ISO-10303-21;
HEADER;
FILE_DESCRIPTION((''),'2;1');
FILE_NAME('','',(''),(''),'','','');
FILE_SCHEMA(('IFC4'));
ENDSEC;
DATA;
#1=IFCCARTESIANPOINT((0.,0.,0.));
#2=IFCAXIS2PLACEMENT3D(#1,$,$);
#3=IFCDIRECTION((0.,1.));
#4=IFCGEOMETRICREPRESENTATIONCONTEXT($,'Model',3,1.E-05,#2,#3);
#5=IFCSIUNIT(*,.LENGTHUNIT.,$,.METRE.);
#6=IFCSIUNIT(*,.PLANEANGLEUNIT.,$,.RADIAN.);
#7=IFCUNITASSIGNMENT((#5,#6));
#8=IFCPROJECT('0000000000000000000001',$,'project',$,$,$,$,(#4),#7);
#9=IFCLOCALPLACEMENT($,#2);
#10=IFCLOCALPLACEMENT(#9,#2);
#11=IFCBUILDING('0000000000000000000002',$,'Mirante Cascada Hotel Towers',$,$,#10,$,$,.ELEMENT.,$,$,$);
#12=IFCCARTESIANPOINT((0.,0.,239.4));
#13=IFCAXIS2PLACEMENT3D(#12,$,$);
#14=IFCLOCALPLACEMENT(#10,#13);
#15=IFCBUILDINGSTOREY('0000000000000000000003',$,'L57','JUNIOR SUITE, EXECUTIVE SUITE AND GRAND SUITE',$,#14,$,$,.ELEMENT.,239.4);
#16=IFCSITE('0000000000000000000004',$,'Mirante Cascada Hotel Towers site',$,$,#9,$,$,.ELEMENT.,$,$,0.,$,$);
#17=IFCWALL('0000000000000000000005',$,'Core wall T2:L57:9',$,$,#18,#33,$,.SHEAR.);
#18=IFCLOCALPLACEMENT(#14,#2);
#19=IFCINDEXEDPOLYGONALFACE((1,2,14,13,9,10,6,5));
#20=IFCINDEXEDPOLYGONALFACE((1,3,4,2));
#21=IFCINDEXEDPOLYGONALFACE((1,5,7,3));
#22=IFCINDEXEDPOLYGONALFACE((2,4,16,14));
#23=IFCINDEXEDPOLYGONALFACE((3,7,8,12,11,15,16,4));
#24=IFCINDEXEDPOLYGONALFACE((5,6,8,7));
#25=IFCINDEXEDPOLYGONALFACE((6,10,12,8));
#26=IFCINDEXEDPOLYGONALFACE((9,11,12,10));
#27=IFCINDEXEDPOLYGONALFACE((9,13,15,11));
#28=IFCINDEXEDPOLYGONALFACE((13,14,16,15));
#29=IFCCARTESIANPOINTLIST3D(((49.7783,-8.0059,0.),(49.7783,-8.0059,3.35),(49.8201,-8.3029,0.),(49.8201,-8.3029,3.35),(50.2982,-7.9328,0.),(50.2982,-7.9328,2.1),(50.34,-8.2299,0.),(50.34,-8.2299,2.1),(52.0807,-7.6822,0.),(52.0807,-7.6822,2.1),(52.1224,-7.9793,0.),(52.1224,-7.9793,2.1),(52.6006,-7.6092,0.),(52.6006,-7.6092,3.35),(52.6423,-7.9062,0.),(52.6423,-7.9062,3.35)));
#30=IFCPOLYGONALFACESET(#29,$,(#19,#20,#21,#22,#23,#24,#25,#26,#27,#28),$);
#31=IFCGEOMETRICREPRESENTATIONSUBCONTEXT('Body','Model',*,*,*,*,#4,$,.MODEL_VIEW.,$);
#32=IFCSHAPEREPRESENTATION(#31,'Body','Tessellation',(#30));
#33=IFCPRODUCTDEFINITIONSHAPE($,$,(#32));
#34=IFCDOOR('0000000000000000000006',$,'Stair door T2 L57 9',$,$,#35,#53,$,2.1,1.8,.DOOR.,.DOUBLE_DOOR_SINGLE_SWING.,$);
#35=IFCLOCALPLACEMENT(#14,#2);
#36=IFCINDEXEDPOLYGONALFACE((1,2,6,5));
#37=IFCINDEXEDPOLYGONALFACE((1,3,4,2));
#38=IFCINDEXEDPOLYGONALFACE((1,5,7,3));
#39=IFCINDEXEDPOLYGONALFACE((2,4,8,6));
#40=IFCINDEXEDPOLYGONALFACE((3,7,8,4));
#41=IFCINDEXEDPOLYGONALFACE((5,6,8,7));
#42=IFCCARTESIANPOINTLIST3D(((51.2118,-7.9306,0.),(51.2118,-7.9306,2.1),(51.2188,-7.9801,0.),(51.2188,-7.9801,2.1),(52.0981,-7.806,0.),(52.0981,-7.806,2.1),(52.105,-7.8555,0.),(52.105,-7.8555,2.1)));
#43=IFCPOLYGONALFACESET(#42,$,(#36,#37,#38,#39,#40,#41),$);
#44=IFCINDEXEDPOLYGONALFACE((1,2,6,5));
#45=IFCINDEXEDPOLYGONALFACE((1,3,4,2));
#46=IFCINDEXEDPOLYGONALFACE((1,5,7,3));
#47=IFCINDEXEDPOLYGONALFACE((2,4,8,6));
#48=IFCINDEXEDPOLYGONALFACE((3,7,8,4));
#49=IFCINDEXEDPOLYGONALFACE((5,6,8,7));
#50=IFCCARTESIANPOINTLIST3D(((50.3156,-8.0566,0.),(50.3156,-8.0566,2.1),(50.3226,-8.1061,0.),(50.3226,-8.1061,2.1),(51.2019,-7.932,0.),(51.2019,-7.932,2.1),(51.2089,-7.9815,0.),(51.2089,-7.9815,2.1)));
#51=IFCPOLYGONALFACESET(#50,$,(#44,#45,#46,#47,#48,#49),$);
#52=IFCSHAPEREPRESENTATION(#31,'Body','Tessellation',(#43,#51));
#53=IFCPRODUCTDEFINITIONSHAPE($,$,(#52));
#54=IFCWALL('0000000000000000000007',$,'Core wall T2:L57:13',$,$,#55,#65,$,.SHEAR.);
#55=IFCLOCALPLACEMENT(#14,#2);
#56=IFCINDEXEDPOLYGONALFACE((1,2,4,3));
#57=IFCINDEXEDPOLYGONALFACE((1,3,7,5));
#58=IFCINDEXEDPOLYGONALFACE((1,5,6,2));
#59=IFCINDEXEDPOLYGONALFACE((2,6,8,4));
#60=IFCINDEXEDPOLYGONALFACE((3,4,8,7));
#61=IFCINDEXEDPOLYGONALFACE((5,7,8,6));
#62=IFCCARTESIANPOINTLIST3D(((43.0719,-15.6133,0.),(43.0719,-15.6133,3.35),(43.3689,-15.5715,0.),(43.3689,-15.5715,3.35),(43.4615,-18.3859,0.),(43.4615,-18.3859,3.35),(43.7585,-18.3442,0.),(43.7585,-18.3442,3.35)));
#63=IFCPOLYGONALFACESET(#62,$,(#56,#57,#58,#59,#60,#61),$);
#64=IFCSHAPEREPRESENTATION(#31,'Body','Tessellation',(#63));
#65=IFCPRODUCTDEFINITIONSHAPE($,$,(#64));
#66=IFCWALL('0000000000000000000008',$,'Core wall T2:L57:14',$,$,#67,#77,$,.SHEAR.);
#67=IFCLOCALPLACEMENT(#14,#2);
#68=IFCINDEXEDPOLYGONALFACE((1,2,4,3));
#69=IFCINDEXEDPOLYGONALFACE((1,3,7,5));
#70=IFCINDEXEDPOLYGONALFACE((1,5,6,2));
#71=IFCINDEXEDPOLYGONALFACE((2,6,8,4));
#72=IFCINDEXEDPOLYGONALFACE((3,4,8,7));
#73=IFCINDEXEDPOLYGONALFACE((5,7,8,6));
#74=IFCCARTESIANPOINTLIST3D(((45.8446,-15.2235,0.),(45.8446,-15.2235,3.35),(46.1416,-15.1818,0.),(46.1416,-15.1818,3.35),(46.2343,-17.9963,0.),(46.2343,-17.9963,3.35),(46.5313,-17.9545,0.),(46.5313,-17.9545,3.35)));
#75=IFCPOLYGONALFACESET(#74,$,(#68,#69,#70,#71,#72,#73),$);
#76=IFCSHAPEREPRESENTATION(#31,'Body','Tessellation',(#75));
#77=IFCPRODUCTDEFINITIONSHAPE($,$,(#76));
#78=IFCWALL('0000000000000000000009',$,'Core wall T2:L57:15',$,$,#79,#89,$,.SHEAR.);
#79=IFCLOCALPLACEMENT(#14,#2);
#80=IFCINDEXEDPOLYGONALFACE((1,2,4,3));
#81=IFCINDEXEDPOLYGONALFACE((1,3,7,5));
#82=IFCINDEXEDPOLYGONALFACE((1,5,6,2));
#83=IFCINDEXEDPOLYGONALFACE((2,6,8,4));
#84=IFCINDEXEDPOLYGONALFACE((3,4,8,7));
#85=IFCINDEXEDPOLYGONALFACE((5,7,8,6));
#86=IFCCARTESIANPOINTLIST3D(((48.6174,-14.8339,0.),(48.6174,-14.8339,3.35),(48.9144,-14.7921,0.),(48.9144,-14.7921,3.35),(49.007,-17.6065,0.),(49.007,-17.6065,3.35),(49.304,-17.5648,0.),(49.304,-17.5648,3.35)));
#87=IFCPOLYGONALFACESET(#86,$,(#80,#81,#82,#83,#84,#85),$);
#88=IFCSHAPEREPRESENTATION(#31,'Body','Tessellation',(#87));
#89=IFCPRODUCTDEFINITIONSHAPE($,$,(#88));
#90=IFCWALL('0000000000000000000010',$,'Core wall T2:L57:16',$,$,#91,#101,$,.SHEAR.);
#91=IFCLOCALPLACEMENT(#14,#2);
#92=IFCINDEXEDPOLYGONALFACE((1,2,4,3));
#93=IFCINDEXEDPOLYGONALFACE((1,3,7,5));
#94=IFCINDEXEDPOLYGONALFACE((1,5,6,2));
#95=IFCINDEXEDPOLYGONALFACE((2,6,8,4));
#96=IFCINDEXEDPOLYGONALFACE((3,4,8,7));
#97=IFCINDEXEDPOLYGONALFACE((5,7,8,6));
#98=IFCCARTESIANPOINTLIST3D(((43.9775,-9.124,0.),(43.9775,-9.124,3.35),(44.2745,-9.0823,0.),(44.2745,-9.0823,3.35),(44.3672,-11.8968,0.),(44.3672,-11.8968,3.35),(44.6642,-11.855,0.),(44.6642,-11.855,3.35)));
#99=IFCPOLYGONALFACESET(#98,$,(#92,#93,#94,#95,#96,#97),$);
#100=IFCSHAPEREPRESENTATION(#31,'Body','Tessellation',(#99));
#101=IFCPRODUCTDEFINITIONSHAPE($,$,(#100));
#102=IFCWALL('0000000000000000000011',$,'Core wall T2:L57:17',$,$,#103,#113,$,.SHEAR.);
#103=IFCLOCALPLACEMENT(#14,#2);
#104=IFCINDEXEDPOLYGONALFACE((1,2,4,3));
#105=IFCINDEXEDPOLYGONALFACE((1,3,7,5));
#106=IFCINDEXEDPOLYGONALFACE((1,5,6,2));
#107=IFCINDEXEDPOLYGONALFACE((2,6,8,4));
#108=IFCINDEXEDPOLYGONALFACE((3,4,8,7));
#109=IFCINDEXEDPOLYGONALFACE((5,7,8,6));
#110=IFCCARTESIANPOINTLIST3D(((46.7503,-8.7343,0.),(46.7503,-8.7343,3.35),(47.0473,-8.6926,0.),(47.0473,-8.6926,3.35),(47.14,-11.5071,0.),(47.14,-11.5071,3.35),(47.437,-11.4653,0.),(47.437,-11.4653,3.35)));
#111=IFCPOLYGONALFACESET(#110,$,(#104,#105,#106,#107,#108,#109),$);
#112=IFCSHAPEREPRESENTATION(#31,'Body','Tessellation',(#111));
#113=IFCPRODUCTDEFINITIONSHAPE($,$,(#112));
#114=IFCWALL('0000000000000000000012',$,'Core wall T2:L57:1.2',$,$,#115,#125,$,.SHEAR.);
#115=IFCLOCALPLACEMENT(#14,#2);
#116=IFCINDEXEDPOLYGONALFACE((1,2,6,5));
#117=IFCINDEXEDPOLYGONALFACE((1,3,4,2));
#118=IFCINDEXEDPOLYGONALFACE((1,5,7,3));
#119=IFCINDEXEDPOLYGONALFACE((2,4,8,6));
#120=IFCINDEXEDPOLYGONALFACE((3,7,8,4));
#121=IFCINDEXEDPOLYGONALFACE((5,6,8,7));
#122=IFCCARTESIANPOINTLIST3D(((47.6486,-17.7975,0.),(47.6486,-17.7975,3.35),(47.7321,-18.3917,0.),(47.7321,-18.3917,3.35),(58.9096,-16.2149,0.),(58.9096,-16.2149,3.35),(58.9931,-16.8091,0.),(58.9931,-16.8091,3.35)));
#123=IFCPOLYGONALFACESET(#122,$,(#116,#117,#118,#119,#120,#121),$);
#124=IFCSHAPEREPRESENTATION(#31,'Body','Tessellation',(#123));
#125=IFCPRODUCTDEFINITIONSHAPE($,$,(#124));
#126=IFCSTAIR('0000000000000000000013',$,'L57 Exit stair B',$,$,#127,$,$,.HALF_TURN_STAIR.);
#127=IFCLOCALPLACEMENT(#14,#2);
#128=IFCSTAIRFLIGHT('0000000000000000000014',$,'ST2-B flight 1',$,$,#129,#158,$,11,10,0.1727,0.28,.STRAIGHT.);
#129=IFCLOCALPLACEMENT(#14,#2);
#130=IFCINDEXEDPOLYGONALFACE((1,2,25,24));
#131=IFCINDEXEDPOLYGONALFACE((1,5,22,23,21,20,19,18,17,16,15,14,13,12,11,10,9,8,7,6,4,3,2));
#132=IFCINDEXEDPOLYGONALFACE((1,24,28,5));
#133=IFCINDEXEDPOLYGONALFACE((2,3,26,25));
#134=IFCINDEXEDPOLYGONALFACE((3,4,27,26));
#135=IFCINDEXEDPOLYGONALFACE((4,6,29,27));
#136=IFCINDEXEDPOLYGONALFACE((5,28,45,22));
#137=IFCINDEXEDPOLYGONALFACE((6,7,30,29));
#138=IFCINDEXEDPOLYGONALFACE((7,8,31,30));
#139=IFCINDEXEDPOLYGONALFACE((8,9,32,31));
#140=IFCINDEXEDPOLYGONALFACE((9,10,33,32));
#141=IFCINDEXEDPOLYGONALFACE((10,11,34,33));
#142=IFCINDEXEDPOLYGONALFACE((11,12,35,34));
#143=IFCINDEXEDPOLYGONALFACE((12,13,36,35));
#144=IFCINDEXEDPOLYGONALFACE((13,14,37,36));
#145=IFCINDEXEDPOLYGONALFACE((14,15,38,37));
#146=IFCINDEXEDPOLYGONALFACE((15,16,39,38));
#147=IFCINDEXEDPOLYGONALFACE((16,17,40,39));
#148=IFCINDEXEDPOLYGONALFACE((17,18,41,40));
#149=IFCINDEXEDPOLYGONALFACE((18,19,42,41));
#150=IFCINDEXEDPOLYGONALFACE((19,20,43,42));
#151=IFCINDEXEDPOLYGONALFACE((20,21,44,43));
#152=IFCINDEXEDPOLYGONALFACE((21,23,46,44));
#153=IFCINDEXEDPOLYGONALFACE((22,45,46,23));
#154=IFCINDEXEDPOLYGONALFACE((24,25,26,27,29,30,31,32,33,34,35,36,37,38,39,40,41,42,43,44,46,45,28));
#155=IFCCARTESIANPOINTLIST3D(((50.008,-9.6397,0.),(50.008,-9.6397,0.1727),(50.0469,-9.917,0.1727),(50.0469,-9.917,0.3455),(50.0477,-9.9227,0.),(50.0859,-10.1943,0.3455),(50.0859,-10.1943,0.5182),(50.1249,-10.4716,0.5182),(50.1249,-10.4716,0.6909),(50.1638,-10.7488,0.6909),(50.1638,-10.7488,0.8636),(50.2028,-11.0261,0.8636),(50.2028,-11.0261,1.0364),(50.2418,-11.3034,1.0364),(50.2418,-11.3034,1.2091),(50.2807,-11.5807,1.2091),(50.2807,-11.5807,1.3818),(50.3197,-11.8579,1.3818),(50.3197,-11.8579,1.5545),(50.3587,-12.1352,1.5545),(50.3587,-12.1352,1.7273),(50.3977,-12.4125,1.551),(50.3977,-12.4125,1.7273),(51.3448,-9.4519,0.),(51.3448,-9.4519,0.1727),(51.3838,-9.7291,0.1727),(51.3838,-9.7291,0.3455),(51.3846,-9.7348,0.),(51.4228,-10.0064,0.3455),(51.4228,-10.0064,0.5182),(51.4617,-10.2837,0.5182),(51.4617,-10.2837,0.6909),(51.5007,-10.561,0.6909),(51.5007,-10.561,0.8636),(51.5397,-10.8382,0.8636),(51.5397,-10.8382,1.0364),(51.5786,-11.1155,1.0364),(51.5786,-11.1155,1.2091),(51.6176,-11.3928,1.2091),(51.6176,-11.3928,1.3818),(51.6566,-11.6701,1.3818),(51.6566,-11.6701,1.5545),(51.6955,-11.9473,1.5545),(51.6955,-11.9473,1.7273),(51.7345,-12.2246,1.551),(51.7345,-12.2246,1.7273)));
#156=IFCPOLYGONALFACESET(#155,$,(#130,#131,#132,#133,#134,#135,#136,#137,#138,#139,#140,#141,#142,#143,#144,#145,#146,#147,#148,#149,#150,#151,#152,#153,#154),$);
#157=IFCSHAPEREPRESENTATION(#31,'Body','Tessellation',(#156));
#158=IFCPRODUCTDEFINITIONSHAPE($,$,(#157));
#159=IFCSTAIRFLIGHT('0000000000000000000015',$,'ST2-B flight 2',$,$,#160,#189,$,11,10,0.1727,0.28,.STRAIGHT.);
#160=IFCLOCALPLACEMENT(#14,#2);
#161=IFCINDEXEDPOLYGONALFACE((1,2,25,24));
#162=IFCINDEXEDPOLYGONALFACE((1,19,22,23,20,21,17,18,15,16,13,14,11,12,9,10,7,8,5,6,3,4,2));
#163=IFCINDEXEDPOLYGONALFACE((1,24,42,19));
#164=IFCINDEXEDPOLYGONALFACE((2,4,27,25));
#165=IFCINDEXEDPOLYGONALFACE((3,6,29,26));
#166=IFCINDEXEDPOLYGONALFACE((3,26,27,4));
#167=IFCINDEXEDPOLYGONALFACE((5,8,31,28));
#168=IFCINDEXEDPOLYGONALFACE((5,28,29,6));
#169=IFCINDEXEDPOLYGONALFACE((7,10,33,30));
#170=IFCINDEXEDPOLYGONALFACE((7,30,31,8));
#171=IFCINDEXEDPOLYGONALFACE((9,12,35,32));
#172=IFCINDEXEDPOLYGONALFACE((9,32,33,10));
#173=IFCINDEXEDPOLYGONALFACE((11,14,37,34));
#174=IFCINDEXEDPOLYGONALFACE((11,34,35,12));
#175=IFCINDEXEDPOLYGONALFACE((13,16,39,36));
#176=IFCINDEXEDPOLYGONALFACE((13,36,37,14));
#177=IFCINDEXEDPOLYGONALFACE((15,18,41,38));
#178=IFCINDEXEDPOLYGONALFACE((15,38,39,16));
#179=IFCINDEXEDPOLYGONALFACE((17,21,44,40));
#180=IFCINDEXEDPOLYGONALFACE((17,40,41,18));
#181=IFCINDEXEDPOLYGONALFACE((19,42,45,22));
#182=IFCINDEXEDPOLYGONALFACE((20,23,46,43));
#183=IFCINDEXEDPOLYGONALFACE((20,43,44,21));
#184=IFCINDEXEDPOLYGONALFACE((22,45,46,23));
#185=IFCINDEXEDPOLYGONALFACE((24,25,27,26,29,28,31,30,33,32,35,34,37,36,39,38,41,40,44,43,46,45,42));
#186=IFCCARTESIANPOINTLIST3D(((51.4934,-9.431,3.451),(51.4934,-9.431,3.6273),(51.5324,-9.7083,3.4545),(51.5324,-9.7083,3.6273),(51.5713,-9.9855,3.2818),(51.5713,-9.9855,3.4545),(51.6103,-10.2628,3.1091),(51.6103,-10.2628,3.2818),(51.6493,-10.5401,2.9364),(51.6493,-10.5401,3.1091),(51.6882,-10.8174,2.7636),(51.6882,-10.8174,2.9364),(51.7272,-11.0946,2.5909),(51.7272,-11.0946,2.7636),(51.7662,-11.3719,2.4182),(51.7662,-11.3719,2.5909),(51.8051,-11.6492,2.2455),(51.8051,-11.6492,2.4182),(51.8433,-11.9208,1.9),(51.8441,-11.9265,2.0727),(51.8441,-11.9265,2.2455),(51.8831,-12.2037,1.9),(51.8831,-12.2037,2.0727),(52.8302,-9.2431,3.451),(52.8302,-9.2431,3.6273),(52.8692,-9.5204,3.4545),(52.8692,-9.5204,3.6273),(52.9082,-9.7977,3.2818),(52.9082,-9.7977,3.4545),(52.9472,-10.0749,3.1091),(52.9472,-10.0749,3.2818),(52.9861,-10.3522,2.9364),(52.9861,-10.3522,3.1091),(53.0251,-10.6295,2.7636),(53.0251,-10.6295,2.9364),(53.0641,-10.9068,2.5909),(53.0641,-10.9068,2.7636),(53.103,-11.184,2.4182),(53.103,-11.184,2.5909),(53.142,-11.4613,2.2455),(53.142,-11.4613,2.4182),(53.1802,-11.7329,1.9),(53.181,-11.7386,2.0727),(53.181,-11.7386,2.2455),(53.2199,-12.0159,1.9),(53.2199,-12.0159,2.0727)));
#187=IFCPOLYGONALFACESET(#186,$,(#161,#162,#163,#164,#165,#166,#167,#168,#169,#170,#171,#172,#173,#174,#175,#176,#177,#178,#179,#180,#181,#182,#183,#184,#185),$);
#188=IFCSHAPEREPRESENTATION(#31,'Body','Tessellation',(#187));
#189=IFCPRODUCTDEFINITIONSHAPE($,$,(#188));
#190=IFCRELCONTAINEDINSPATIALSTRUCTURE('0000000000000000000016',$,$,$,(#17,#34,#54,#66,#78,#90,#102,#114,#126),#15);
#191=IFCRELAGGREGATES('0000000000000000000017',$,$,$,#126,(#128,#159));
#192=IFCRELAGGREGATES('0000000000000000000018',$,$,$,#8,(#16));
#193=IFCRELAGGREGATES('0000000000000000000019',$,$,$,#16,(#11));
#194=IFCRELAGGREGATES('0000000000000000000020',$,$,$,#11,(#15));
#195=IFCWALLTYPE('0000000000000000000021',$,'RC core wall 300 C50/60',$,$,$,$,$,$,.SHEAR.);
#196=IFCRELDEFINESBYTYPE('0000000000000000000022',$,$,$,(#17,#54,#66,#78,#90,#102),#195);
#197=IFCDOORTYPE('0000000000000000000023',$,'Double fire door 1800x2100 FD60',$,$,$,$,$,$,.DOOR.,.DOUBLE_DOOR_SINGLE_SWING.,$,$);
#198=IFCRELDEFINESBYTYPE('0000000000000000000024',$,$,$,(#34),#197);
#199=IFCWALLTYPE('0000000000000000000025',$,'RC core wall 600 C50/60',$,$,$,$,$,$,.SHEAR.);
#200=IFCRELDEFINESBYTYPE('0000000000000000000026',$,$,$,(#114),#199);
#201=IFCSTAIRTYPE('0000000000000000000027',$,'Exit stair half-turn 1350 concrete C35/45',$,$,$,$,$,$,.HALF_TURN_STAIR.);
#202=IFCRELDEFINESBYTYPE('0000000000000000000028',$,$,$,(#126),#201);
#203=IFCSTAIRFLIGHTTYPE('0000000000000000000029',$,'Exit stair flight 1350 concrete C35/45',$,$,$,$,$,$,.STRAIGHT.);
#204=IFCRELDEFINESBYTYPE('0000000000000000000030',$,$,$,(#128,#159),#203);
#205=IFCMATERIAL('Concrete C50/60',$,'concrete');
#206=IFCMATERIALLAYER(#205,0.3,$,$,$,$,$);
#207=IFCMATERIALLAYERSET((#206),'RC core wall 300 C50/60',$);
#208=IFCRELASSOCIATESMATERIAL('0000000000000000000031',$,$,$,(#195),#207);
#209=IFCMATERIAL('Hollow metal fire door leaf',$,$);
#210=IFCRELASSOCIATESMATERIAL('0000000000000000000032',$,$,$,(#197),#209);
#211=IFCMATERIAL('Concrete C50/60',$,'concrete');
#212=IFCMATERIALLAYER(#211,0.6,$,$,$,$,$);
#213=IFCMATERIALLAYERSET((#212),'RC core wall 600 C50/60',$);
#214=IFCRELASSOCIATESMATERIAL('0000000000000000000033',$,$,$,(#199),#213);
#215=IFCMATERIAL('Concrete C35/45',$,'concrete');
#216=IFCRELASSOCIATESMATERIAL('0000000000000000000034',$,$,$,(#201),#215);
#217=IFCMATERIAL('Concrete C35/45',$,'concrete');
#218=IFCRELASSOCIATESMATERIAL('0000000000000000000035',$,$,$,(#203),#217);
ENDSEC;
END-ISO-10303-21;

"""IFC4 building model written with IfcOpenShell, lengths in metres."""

from ifc_helpers import new_model, si_unit, direction, frame, frame_2d, origin, place, context, subcontext, project, spatial, polyline, rectangle, outline, extrude, material, layer, layer_set, type_object, element, fill, aggregate, save


model = new_model("IFC4")

# Units and contexts
model_context = context("Model", 3, precision=1e-05, world=origin(), true_north=direction((0.0, 1.0)))
body_context = subcontext(model_context, "Body", "Model", "MODEL_VIEW")
ifc_project = project(units=[si_unit("LENGTHUNIT", "METRE"), si_unit("PLANEANGLEUNIT", "RADIAN")], contexts=[model_context])

# Site, building, storey
site_placement = place(None, origin())
site = spatial("IfcSite", under=ifc_project, at=site_placement, Name="Mirante Cascada Hotel Towers site", CompositionType="ELEMENT", RefElevation=0.0)
building_placement = place(site_placement, origin())
building = spatial("IfcBuilding", under=site, at=building_placement, Name="Mirante Cascada Hotel Towers", CompositionType="ELEMENT")
storey_placement = place(building_placement, frame((0.0, 0.0, 239.4)))
storey = spatial("IfcBuildingStorey", under=building, at=storey_placement, Name="L57", Description="JUNIOR SUITE, EXECUTIVE SUITE AND GRAND SUITE", CompositionType="ELEMENT", Elevation=239.4)

# Shared definitions
ifc_material_1 = material(Name="Concrete C50/60", Category="concrete")
ifc_layer_1 = layer(ifc_material_1, 0.3)
ifc_layer_set_1 = layer_set([ifc_layer_1], Name="RC core wall 300 C50/60")
wall_type_1 = type_object("IfcWallType", Name="RC core wall 300 C50/60", PredefinedType="SHEAR", material=ifc_layer_set_1)

# Wall, opening, door
wall_1_placement = place(storey_placement, frame((49.7992, -8.1544, 0.0), z_axis=(0.0, 0.0, 1.0), x_axis=(0.990266, 0.139191, 0.0)))
wall_1 = element("IfcWall", 1, at=wall_1_placement, inside=storey, type_object=wall_type_1, Name="Core wall T2:L57:9", PredefinedType="SHEAR", context=body_context, shape_type="SweptSolid", body=[
    extrude(rectangle(XDim=2.85, YDim=0.3, at=frame_2d((1.425, 0.0))), origin(), (0.0, 0.0, 1.0), 3.35),
])
opening_1_placement = place(wall_1_placement, frame((0.525, 0.0, 0.0)))
opening_1 = element("IfcOpeningElement", 2, at=opening_1_placement, cuts=wall_1, PredefinedType="OPENING", context=body_context, shape_type="SweptSolid", body=[
    extrude(rectangle(XDim=1.8, YDim=2.1, at=frame_2d((0.9, 1.05))), frame((0.0, 0.15, 0.0), z_axis=(0.0, -1.0, 0.0), x_axis=(1.0, 0.0, 0.0)), (0.0, 0.0, 1.0), 0.3),
])
ifc_material_2 = material(Name="Hollow metal fire door leaf")
door_type_1 = type_object("IfcDoorType", Name="Double fire door 1800x2100 FD60", OperationType="DOUBLE_DOOR_SINGLE_SWING", PredefinedType="DOOR", material=ifc_material_2)
door_1_placement = place(opening_1_placement, frame((1.8, 0.0, 0.0), z_axis=(0.0, 0.0, 1.0), x_axis=(-1.0, 0.0, 0.0)))
door_1 = element("IfcDoor", 3, at=door_1_placement, inside=storey, type_object=door_type_1, Name="Stair door T2 L57 9", OperationType="DOUBLE_DOOR_SINGLE_SWING", OverallHeight=2.1, OverallWidth=1.8, PredefinedType="DOOR", context=body_context, shape_type="SweptSolid", body=[
    extrude(rectangle(XDim=0.895, YDim=2.1, at=frame_2d((0.4475, 1.05))), frame((0.0, 0.025, 0.0), z_axis=(0.0, -1.0, 0.0), x_axis=(1.0, 0.0, 0.0)), (0.0, 0.0, 1.0), 0.05),
    extrude(rectangle(XDim=0.895, YDim=2.1, at=frame_2d((1.3525, 1.05))), frame((0.0, 0.025, 0.0), z_axis=(0.0, -1.0, 0.0), x_axis=(1.0, 0.0, 0.0)), (0.0, 0.0, 1.0), 0.05),
])
fill(opening_1, door_1)

# Walls
wall_2_placement = place(storey_placement, frame((43.61, -18.3651, 0.0), z_axis=(0.0, 0.0, 1.0), x_axis=(-0.139146, 0.990272, 0.0)))
element("IfcWall", 4, at=wall_2_placement, inside=storey, type_object=wall_type_1, Name="Core wall T2:L57:13", PredefinedType="SHEAR", context=body_context, shape_type="SweptSolid", body=[
    extrude(rectangle(XDim=2.7999, YDim=0.3, at=frame_2d((1.4, 0.0))), origin(), (0.0, 0.0, 1.0), 3.35),
])
wall_3_placement = place(storey_placement, frame((46.3828, -17.9754, 0.0), z_axis=(0.0, 0.0, 1.0), x_axis=(-0.139181, 0.990267, 0.0)))
element("IfcWall", 5, at=wall_3_placement, inside=storey, type_object=wall_type_1, Name="Core wall T2:L57:14", PredefinedType="SHEAR", context=body_context, shape_type="SweptSolid", body=[
    extrude(rectangle(XDim=2.8, YDim=0.3, at=frame_2d((1.4, 0.0))), origin(), (0.0, 0.0, 1.0), 3.35),
])
wall_4_placement = place(storey_placement, frame((49.1555, -17.5857, 0.0), z_axis=(0.0, 0.0, 1.0), x_axis=(-0.139146, 0.990272, 0.0)))
element("IfcWall", 6, at=wall_4_placement, inside=storey, type_object=wall_type_1, Name="Core wall T2:L57:15", PredefinedType="SHEAR", context=body_context, shape_type="SweptSolid", body=[
    extrude(rectangle(XDim=2.7999, YDim=0.3, at=frame_2d((1.4, 0.0))), origin(), (0.0, 0.0, 1.0), 3.35),
])
for number, where, z_axis, x_axis, name in (
    (7, (44.5157, -11.8759, 0.0), (0.0, 0.0, 1.0), (-0.139181, 0.990267, 0.0), "Core wall T2:L57:16"),
    (8, (47.2885, -11.4862, 0.0), (0.0, 0.0, 1.0), (-0.139181, 0.990267, 0.0), "Core wall T2:L57:17"),
):
    element("IfcWall", number, at=place(storey_placement, frame(where, z_axis=z_axis, x_axis=x_axis)), inside=storey, type_object=wall_type_1, Name=name, PredefinedType="SHEAR", context=body_context, shape_type="SweptSolid", body=[
        extrude(rectangle(XDim=2.8, YDim=0.3, at=frame_2d((1.4, 0.0))), origin(), (0.0, 0.0, 1.0), 3.35),
    ])
ifc_material_3 = material(Name="Concrete C50/60", Category="concrete")
ifc_layer_2 = layer(ifc_material_3, 0.6)
ifc_layer_set_2 = layer_set([ifc_layer_2], Name="RC core wall 600 C50/60")
wall_type_2 = type_object("IfcWallType", Name="RC core wall 600 C50/60", PredefinedType="SHEAR", material=ifc_layer_set_2)
wall_5_placement = place(storey_placement, frame((47.6904, -18.0946, 0.0), z_axis=(0.0, 0.0, 1.0), x_axis=(0.990268, 0.139171, 0.0)))
element("IfcWall", 9, at=wall_5_placement, inside=storey, type_object=wall_type_2, Name="Core wall T2:L57:1.2", PredefinedType="SHEAR", context=body_context, shape_type="SweptSolid", body=[
    extrude(rectangle(XDim=11.3717, YDim=0.6, at=frame_2d((5.6858, 0.0))), origin(), (0.0, 0.0, 1.0), 3.35),
])

# Stair, stair flights
ifc_material_4 = material(Name="Concrete C35/45", Category="concrete")
stair_type = type_object("IfcStairType", Name="Exit stair half-turn 1350 concrete C35/45", PredefinedType="HALF_TURN_STAIR", material=ifc_material_4)
stair_placement = place(storey_placement, origin())
stair = element("IfcStair", 10, at=stair_placement, inside=storey, type_object=stair_type, Name="L57 Exit stair B", PredefinedType="HALF_TURN_STAIR")
ifc_material_5 = material(Name="Concrete C35/45", Category="concrete")
stair_flight_type = type_object("IfcStairFlightType", Name="Exit stair flight 1350 concrete C35/45", PredefinedType="STRAIGHT", material=ifc_material_5)
stair_flight_1_placement = place(storey_placement, frame((50.6764, -9.5458, 0.0), z_axis=(0.0, 0.0, 1.0), x_axis=(0.139173, -0.990268, 0.0)))
stair_flight_1 = element("IfcStairFlight", 11, at=stair_flight_1_placement, type_object=stair_flight_type, Name="ST2-B flight 1", NumberOfRisers=11, NumberOfTreads=10, PredefinedType="STRAIGHT", RiserHeight=0.1727, TreadLength=0.28, context=body_context, shape_type="SweptSolid", body=[
    extrude(outline(polyline([(0.0, 0.0), (0.0, 0.1727), (0.28, 0.1727), (0.28, 0.3455), (0.56, 0.3455), (0.56, 0.5182), (0.84, 0.5182), (0.84, 0.6909), (1.12, 0.6909), (1.12, 0.8636), (1.4, 0.8636), (1.4, 1.0364), (1.68, 1.0364), (1.68, 1.2091), (1.96, 1.2091), (1.96, 1.3818), (2.24, 1.3818), (2.24, 1.5545), (2.52, 1.5545), (2.52, 1.7273), (2.8, 1.7273), (2.8, 1.9), (2.8, 1.551), (0.2857, 0.0), (0.0, 0.0)])), frame((0.0, 0.675, 0.0), z_axis=(0.0, -1.0, 0.0), x_axis=(1.0, 0.0, 0.0)), (0.0, 0.0, 1.0), 1.35),
])
stair_flight_2_placement = place(storey_placement, frame((52.5515, -12.1098, 1.9), z_axis=(0.0, 0.0, 1.0), x_axis=(-0.139173, 0.990268, 0.0)))
stair_flight_2 = element("IfcStairFlight", 12, at=stair_flight_2_placement, type_object=stair_flight_type, Name="ST2-B flight 2", NumberOfRisers=11, NumberOfTreads=10, PredefinedType="STRAIGHT", RiserHeight=0.1727, TreadLength=0.28, context=body_context, shape_type="SweptSolid", body=[
    extrude(outline(polyline([(0.0, 0.0), (0.0, 0.1727), (0.28, 0.1727), (0.28, 0.3455), (0.56, 0.3455), (0.56, 0.5182), (0.84, 0.5182), (0.84, 0.6909), (1.12, 0.6909), (1.12, 0.8636), (1.4, 0.8636), (1.4, 1.0364), (1.68, 1.0364), (1.68, 1.2091), (1.96, 1.2091), (1.96, 1.3818), (2.24, 1.3818), (2.24, 1.5545), (2.52, 1.5545), (2.52, 1.7273), (2.8, 1.7273), (2.8, 1.9), (2.8, 1.551), (0.2857, 0.0), (0.0, 0.0)])), frame((0.0, 0.675, 0.0), z_axis=(0.0, -1.0, 0.0), x_axis=(1.0, 0.0, 0.0)), (0.0, 0.0, 1.0), 1.35),
])
aggregate(stair, [stair_flight_1, stair_flight_2])

save(model, "model.ifc")
